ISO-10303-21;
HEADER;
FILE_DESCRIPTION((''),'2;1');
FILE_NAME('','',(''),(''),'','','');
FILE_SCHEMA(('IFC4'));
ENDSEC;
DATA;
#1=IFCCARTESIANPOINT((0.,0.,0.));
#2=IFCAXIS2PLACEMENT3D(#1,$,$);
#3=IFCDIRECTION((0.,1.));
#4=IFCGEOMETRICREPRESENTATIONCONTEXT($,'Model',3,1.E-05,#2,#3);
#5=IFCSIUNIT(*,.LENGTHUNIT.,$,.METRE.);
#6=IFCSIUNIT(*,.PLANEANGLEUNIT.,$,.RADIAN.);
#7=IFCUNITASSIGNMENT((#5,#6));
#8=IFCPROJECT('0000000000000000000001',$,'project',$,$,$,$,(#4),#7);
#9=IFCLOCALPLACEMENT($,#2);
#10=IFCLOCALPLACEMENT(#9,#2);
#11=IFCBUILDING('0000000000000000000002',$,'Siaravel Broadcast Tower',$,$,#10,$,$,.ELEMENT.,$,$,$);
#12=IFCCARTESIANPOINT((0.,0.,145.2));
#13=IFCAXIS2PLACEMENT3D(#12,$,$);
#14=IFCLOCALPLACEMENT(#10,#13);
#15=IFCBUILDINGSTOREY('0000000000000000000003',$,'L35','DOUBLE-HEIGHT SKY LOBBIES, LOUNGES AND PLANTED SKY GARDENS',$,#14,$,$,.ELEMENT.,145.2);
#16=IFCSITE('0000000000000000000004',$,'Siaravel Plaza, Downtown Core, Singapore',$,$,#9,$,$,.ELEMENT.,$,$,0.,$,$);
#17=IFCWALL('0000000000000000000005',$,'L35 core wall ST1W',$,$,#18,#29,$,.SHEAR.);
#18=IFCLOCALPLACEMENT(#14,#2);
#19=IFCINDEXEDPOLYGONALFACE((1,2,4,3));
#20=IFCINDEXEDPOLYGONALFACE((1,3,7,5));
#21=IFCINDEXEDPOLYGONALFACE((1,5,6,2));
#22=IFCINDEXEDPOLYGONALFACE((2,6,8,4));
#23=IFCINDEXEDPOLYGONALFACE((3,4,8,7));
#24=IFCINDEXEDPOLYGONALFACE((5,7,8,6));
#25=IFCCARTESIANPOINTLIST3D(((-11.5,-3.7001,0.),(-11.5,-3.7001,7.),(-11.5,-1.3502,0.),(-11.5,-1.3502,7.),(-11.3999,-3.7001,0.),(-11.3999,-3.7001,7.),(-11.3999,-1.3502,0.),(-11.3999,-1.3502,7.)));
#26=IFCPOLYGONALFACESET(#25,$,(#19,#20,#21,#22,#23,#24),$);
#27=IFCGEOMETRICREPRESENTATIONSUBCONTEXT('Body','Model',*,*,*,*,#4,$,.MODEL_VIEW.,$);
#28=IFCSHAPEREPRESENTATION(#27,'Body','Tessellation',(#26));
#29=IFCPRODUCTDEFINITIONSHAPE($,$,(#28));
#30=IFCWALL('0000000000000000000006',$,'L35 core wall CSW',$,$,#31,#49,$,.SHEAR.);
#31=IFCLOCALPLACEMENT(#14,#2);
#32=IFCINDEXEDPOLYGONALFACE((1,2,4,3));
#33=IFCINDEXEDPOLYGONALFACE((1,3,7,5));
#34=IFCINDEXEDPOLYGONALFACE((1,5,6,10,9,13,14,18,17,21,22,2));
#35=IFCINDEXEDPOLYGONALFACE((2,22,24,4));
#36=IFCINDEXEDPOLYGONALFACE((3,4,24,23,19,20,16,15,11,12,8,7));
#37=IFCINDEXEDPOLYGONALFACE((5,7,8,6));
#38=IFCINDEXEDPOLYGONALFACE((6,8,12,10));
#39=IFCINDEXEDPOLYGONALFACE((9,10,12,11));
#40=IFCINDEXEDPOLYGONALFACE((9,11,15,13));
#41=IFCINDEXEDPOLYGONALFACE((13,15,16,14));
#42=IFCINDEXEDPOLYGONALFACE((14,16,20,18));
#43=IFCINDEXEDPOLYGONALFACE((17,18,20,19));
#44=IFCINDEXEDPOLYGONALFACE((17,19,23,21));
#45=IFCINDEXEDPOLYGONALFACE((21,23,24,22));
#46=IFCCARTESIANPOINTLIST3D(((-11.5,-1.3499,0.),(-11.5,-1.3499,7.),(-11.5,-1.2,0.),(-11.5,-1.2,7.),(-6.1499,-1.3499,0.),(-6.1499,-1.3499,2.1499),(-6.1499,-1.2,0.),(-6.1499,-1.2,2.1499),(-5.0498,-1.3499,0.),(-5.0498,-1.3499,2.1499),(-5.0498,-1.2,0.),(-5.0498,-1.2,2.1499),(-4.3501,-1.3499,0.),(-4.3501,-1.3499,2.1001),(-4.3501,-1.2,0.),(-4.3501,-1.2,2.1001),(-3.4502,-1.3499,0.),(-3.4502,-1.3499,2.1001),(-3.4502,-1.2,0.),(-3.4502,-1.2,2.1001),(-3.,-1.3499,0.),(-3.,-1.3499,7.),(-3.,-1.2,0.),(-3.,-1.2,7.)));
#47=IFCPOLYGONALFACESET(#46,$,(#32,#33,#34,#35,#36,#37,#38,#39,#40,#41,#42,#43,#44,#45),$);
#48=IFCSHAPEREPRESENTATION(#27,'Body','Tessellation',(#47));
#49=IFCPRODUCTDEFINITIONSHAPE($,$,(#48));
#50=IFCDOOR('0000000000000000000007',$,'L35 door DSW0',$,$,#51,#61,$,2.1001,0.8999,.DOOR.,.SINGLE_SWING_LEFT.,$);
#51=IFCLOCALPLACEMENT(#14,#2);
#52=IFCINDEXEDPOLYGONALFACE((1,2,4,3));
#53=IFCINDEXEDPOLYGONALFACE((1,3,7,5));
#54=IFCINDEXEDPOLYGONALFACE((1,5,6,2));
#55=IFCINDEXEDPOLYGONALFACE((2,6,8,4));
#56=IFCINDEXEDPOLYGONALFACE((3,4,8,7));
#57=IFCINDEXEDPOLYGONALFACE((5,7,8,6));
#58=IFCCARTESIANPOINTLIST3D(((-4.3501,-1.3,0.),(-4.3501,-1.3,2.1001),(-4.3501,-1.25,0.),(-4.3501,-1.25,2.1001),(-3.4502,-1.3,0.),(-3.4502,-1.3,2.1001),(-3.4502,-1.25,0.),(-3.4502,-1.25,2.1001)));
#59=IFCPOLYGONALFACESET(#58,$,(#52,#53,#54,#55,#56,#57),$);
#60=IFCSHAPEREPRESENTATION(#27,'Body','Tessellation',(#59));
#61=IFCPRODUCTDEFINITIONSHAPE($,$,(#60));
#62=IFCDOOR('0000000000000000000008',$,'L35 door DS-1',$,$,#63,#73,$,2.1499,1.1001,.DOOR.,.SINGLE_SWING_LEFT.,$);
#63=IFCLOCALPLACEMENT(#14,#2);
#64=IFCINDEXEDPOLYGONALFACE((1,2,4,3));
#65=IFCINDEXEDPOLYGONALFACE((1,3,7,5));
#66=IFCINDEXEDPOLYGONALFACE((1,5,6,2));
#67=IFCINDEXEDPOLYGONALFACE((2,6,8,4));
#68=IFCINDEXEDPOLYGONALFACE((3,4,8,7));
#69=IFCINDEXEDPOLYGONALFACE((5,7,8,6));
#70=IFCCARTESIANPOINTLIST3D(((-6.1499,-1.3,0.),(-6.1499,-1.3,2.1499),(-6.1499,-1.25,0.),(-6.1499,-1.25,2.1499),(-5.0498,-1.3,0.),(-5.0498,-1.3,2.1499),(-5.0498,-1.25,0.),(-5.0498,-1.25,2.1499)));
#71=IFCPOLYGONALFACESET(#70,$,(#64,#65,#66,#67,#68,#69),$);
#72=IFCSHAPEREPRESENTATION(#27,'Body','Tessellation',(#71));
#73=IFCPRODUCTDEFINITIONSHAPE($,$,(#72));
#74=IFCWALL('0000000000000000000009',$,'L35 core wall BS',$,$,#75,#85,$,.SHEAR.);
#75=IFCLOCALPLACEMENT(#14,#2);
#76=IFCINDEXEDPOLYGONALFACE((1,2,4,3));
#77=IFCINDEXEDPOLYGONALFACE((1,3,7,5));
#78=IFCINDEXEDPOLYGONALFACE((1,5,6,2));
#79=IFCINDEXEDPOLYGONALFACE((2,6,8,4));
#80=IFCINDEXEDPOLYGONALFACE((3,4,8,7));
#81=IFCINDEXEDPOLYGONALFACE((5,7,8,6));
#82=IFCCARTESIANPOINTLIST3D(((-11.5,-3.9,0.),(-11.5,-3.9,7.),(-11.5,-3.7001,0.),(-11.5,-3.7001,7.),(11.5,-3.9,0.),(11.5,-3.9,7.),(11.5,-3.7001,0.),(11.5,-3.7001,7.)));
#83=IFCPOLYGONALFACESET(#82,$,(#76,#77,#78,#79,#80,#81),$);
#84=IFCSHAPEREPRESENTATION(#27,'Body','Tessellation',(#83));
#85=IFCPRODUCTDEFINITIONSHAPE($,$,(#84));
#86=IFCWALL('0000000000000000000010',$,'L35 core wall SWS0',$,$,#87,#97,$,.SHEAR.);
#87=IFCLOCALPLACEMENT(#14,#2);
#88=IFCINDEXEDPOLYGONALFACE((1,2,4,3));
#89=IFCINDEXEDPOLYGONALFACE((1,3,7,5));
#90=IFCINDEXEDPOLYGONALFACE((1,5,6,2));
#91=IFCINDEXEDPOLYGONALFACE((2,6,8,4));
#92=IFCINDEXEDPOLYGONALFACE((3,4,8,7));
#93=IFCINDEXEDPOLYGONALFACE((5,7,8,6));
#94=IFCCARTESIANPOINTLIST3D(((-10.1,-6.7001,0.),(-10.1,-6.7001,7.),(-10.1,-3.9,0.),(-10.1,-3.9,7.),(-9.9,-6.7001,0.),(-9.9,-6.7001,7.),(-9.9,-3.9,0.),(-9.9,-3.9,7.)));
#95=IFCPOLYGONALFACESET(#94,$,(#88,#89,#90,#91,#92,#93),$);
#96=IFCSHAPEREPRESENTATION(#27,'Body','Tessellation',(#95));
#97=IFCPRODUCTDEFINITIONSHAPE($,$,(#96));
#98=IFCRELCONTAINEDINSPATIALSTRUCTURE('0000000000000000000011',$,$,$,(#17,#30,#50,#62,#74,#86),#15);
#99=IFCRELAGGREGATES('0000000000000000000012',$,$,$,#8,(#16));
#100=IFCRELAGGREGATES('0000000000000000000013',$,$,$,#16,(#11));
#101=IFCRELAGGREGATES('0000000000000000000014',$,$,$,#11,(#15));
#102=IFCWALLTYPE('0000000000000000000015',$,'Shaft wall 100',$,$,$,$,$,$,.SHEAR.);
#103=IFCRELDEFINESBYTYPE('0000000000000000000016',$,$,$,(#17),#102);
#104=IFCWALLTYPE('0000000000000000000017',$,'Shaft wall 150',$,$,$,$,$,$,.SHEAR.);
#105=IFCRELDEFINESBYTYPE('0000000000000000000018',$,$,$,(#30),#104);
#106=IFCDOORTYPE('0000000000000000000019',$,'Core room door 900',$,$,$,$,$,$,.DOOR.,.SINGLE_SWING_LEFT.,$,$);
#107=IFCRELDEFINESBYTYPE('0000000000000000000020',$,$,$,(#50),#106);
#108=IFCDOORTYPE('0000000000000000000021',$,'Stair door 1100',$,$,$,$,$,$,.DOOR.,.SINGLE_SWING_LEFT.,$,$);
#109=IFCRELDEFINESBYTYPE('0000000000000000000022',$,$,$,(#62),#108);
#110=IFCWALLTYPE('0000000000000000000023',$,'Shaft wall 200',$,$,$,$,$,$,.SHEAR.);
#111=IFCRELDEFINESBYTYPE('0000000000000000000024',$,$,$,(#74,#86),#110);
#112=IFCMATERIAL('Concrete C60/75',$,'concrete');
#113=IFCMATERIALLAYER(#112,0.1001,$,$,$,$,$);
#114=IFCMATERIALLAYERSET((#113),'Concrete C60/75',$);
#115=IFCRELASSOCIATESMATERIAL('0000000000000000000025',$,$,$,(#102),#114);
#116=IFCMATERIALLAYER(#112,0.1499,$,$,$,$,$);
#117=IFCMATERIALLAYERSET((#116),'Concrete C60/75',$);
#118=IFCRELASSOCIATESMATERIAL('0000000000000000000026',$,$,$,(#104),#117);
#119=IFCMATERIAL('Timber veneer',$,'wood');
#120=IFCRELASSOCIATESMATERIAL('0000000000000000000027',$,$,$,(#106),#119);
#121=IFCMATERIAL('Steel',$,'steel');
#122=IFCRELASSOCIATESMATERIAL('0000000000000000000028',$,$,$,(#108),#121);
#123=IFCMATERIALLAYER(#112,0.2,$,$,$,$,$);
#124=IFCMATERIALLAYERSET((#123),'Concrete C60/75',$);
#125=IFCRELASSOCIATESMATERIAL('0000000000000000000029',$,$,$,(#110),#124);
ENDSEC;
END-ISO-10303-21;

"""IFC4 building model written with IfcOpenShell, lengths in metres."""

from ifc_helpers import new_model, si_unit, direction, frame, frame_2d, origin, place, context, subcontext, project, spatial, rectangle, extrude, material, layer, layer_set, type_object, element, fill, save


model = new_model("IFC4")

# Units and contexts
model_context = context("Model", 3, precision=1e-05, world=origin(), true_north=direction((0.0, 1.0)))
body_context = subcontext(model_context, "Body", "Model", "MODEL_VIEW")
ifc_project = project(units=[si_unit("LENGTHUNIT", "METRE"), si_unit("PLANEANGLEUNIT", "RADIAN")], contexts=[model_context])

# Site, building, storey
site_placement = place(None, origin())
site = spatial("IfcSite", under=ifc_project, at=site_placement, Name="Siaravel Plaza, Downtown Core, Singapore", CompositionType="ELEMENT", RefElevation=0.0)
building_placement = place(site_placement, origin())
building = spatial("IfcBuilding", under=site, at=building_placement, Name="Siaravel Broadcast Tower", CompositionType="ELEMENT")
storey_placement = place(building_placement, frame((0.0, 0.0, 145.2)))
storey = spatial("IfcBuildingStorey", under=building, at=storey_placement, Name="L35", Description="DOUBLE-HEIGHT SKY LOBBIES, LOUNGES AND PLANTED SKY GARDENS", CompositionType="ELEMENT", Elevation=145.2)

# Wall
ifc_material_1 = material(Name="Concrete C60/75", Category="concrete")
ifc_layer_1 = layer(ifc_material_1, 0.1001)
ifc_layer_set_1 = layer_set([ifc_layer_1], Name="Concrete C60/75")
wall_type_1 = type_object("IfcWallType", Name="Shaft wall 100", PredefinedType="SHEAR", material=ifc_layer_set_1)
wall_1_placement = place(storey_placement, frame((-11.45, -3.7, 0.0), z_axis=(0.0, 0.0, 1.0), x_axis=(0.0, 1.0, 0.0)))
element("IfcWall", 1, at=wall_1_placement, inside=storey, type_object=wall_type_1, Name="L35 core wall ST1W", PredefinedType="SHEAR", context=body_context, shape_type="SweptSolid", body=[
    extrude(rectangle(XDim=2.3499, YDim=0.1001, at=frame_2d((1.1748, 0.0))), origin(), (0.0, 0.0, 1.0), 7.0),
])

# Wall, openings, doors
ifc_layer_2 = layer(ifc_material_1, 0.1499)
ifc_layer_set_2 = layer_set([ifc_layer_2], Name="Concrete C60/75")
wall_type_2 = type_object("IfcWallType", Name="Shaft wall 150", PredefinedType="SHEAR", material=ifc_layer_set_2)
wall_2_placement = place(storey_placement, frame((-11.5, -1.2749, 0.0), z_axis=(0.0, 0.0, 1.0), x_axis=(1.0, 0.0, 0.0)))
wall_2 = element("IfcWall", 2, at=wall_2_placement, inside=storey, type_object=wall_type_2, Name="L35 core wall CSW", PredefinedType="SHEAR", context=body_context, shape_type="SweptSolid", body=[
    extrude(rectangle(XDim=8.5, YDim=0.1499, at=frame_2d((4.25, 0.0))), origin(), (0.0, 0.0, 1.0), 7.0),
])
opening_1_placement = place(wall_2_placement, frame((5.3501, 0.0, 0.0)))
opening_1 = element("IfcOpeningElement", 3, at=opening_1_placement, cuts=wall_2, PredefinedType="OPENING", context=body_context, shape_type="SweptSolid", body=[
    extrude(rectangle(XDim=1.1001, YDim=2.1499, at=frame_2d((0.55, 1.075))), frame((0.0, 0.085, 0.0), z_axis=(0.0, -1.0, 0.0), x_axis=(1.0, 0.0, 0.0)), (0.0, 0.0, 1.0), 0.1699),
])
opening_2_placement = place(wall_2_placement, frame((7.1499, 0.0, 0.0)))
opening_2 = element("IfcOpeningElement", 4, at=opening_2_placement, cuts=wall_2, PredefinedType="OPENING", context=body_context, shape_type="SweptSolid", body=[
    extrude(rectangle(XDim=0.8999, YDim=2.1001, at=frame_2d((0.45, 1.05))), frame((0.0, 0.085, 0.0), z_axis=(0.0, -1.0, 0.0), x_axis=(1.0, 0.0, 0.0)), (0.0, 0.0, 1.0), 0.1699),
])
ifc_material_2 = material(Name="Timber veneer", Category="wood")
door_type_1 = type_object("IfcDoorType", Name="Core room door 900", OperationType="SINGLE_SWING_LEFT", PredefinedType="DOOR", material=ifc_material_2)
door_1_placement = place(opening_2_placement, origin())
door_1 = element("IfcDoor", 5, at=door_1_placement, inside=storey, type_object=door_type_1, Name="L35 door DSW0", OperationType="SINGLE_SWING_LEFT", OverallHeight=2.1001, OverallWidth=0.8999, PredefinedType="DOOR", context=body_context, shape_type="SweptSolid", body=[
    extrude(rectangle(XDim=0.8999, YDim=2.1001, at=frame_2d((0.45, 1.05))), frame((0.0, 0.0249, 0.0), z_axis=(0.0, -1.0, 0.0), x_axis=(1.0, 0.0, 0.0)), (0.0, 0.0, 1.0), 0.05),
])
fill(opening_2, door_1)
ifc_material_3 = material(Name="Steel", Category="steel")
door_type_2 = type_object("IfcDoorType", Name="Stair door 1100", OperationType="SINGLE_SWING_LEFT", PredefinedType="DOOR", material=ifc_material_3)
door_2_placement = place(opening_1_placement, origin())
door_2 = element("IfcDoor", 6, at=door_2_placement, inside=storey, type_object=door_type_2, Name="L35 door DS-1", OperationType="SINGLE_SWING_LEFT", OverallHeight=2.1499, OverallWidth=1.1001, PredefinedType="DOOR", context=body_context, shape_type="SweptSolid", body=[
    extrude(rectangle(XDim=1.1001, YDim=2.1499, at=frame_2d((0.55, 1.075))), frame((0.0, 0.0249, 0.0), z_axis=(0.0, -1.0, 0.0), x_axis=(1.0, 0.0, 0.0)), (0.0, 0.0, 1.0), 0.05),
])
fill(opening_1, door_2)

# Walls
ifc_layer_3 = layer(ifc_material_1, 0.2)
ifc_layer_set_3 = layer_set([ifc_layer_3], Name="Concrete C60/75")
wall_type_3 = type_object("IfcWallType", Name="Shaft wall 200", PredefinedType="SHEAR", material=ifc_layer_set_3)
wall_3_placement = place(storey_placement, frame((-11.5, -3.8, 0.0), z_axis=(0.0, 0.0, 1.0), x_axis=(1.0, 0.0, 0.0)))
element("IfcWall", 7, at=wall_3_placement, inside=storey, type_object=wall_type_3, Name="L35 core wall BS", PredefinedType="SHEAR", context=body_context, shape_type="SweptSolid", body=[
    extrude(rectangle(XDim=23.0, YDim=0.2, at=frame_2d((11.5, 0.0))), origin(), (0.0, 0.0, 1.0), 7.0),
])
wall_4_placement = place(storey_placement, frame((-10.0, -6.7, 0.0), z_axis=(0.0, 0.0, 1.0), x_axis=(0.0, 1.0, 0.0)))
element("IfcWall", 8, at=wall_4_placement, inside=storey, type_object=wall_type_3, Name="L35 core wall SWS0", PredefinedType="SHEAR", context=body_context, shape_type="SweptSolid", body=[
    extrude(rectangle(XDim=2.8, YDim=0.2, at=frame_2d((1.3999, 0.0))), origin(), (0.0, 0.0, 1.0), 7.0),
])

save(model, "model.ifc")
